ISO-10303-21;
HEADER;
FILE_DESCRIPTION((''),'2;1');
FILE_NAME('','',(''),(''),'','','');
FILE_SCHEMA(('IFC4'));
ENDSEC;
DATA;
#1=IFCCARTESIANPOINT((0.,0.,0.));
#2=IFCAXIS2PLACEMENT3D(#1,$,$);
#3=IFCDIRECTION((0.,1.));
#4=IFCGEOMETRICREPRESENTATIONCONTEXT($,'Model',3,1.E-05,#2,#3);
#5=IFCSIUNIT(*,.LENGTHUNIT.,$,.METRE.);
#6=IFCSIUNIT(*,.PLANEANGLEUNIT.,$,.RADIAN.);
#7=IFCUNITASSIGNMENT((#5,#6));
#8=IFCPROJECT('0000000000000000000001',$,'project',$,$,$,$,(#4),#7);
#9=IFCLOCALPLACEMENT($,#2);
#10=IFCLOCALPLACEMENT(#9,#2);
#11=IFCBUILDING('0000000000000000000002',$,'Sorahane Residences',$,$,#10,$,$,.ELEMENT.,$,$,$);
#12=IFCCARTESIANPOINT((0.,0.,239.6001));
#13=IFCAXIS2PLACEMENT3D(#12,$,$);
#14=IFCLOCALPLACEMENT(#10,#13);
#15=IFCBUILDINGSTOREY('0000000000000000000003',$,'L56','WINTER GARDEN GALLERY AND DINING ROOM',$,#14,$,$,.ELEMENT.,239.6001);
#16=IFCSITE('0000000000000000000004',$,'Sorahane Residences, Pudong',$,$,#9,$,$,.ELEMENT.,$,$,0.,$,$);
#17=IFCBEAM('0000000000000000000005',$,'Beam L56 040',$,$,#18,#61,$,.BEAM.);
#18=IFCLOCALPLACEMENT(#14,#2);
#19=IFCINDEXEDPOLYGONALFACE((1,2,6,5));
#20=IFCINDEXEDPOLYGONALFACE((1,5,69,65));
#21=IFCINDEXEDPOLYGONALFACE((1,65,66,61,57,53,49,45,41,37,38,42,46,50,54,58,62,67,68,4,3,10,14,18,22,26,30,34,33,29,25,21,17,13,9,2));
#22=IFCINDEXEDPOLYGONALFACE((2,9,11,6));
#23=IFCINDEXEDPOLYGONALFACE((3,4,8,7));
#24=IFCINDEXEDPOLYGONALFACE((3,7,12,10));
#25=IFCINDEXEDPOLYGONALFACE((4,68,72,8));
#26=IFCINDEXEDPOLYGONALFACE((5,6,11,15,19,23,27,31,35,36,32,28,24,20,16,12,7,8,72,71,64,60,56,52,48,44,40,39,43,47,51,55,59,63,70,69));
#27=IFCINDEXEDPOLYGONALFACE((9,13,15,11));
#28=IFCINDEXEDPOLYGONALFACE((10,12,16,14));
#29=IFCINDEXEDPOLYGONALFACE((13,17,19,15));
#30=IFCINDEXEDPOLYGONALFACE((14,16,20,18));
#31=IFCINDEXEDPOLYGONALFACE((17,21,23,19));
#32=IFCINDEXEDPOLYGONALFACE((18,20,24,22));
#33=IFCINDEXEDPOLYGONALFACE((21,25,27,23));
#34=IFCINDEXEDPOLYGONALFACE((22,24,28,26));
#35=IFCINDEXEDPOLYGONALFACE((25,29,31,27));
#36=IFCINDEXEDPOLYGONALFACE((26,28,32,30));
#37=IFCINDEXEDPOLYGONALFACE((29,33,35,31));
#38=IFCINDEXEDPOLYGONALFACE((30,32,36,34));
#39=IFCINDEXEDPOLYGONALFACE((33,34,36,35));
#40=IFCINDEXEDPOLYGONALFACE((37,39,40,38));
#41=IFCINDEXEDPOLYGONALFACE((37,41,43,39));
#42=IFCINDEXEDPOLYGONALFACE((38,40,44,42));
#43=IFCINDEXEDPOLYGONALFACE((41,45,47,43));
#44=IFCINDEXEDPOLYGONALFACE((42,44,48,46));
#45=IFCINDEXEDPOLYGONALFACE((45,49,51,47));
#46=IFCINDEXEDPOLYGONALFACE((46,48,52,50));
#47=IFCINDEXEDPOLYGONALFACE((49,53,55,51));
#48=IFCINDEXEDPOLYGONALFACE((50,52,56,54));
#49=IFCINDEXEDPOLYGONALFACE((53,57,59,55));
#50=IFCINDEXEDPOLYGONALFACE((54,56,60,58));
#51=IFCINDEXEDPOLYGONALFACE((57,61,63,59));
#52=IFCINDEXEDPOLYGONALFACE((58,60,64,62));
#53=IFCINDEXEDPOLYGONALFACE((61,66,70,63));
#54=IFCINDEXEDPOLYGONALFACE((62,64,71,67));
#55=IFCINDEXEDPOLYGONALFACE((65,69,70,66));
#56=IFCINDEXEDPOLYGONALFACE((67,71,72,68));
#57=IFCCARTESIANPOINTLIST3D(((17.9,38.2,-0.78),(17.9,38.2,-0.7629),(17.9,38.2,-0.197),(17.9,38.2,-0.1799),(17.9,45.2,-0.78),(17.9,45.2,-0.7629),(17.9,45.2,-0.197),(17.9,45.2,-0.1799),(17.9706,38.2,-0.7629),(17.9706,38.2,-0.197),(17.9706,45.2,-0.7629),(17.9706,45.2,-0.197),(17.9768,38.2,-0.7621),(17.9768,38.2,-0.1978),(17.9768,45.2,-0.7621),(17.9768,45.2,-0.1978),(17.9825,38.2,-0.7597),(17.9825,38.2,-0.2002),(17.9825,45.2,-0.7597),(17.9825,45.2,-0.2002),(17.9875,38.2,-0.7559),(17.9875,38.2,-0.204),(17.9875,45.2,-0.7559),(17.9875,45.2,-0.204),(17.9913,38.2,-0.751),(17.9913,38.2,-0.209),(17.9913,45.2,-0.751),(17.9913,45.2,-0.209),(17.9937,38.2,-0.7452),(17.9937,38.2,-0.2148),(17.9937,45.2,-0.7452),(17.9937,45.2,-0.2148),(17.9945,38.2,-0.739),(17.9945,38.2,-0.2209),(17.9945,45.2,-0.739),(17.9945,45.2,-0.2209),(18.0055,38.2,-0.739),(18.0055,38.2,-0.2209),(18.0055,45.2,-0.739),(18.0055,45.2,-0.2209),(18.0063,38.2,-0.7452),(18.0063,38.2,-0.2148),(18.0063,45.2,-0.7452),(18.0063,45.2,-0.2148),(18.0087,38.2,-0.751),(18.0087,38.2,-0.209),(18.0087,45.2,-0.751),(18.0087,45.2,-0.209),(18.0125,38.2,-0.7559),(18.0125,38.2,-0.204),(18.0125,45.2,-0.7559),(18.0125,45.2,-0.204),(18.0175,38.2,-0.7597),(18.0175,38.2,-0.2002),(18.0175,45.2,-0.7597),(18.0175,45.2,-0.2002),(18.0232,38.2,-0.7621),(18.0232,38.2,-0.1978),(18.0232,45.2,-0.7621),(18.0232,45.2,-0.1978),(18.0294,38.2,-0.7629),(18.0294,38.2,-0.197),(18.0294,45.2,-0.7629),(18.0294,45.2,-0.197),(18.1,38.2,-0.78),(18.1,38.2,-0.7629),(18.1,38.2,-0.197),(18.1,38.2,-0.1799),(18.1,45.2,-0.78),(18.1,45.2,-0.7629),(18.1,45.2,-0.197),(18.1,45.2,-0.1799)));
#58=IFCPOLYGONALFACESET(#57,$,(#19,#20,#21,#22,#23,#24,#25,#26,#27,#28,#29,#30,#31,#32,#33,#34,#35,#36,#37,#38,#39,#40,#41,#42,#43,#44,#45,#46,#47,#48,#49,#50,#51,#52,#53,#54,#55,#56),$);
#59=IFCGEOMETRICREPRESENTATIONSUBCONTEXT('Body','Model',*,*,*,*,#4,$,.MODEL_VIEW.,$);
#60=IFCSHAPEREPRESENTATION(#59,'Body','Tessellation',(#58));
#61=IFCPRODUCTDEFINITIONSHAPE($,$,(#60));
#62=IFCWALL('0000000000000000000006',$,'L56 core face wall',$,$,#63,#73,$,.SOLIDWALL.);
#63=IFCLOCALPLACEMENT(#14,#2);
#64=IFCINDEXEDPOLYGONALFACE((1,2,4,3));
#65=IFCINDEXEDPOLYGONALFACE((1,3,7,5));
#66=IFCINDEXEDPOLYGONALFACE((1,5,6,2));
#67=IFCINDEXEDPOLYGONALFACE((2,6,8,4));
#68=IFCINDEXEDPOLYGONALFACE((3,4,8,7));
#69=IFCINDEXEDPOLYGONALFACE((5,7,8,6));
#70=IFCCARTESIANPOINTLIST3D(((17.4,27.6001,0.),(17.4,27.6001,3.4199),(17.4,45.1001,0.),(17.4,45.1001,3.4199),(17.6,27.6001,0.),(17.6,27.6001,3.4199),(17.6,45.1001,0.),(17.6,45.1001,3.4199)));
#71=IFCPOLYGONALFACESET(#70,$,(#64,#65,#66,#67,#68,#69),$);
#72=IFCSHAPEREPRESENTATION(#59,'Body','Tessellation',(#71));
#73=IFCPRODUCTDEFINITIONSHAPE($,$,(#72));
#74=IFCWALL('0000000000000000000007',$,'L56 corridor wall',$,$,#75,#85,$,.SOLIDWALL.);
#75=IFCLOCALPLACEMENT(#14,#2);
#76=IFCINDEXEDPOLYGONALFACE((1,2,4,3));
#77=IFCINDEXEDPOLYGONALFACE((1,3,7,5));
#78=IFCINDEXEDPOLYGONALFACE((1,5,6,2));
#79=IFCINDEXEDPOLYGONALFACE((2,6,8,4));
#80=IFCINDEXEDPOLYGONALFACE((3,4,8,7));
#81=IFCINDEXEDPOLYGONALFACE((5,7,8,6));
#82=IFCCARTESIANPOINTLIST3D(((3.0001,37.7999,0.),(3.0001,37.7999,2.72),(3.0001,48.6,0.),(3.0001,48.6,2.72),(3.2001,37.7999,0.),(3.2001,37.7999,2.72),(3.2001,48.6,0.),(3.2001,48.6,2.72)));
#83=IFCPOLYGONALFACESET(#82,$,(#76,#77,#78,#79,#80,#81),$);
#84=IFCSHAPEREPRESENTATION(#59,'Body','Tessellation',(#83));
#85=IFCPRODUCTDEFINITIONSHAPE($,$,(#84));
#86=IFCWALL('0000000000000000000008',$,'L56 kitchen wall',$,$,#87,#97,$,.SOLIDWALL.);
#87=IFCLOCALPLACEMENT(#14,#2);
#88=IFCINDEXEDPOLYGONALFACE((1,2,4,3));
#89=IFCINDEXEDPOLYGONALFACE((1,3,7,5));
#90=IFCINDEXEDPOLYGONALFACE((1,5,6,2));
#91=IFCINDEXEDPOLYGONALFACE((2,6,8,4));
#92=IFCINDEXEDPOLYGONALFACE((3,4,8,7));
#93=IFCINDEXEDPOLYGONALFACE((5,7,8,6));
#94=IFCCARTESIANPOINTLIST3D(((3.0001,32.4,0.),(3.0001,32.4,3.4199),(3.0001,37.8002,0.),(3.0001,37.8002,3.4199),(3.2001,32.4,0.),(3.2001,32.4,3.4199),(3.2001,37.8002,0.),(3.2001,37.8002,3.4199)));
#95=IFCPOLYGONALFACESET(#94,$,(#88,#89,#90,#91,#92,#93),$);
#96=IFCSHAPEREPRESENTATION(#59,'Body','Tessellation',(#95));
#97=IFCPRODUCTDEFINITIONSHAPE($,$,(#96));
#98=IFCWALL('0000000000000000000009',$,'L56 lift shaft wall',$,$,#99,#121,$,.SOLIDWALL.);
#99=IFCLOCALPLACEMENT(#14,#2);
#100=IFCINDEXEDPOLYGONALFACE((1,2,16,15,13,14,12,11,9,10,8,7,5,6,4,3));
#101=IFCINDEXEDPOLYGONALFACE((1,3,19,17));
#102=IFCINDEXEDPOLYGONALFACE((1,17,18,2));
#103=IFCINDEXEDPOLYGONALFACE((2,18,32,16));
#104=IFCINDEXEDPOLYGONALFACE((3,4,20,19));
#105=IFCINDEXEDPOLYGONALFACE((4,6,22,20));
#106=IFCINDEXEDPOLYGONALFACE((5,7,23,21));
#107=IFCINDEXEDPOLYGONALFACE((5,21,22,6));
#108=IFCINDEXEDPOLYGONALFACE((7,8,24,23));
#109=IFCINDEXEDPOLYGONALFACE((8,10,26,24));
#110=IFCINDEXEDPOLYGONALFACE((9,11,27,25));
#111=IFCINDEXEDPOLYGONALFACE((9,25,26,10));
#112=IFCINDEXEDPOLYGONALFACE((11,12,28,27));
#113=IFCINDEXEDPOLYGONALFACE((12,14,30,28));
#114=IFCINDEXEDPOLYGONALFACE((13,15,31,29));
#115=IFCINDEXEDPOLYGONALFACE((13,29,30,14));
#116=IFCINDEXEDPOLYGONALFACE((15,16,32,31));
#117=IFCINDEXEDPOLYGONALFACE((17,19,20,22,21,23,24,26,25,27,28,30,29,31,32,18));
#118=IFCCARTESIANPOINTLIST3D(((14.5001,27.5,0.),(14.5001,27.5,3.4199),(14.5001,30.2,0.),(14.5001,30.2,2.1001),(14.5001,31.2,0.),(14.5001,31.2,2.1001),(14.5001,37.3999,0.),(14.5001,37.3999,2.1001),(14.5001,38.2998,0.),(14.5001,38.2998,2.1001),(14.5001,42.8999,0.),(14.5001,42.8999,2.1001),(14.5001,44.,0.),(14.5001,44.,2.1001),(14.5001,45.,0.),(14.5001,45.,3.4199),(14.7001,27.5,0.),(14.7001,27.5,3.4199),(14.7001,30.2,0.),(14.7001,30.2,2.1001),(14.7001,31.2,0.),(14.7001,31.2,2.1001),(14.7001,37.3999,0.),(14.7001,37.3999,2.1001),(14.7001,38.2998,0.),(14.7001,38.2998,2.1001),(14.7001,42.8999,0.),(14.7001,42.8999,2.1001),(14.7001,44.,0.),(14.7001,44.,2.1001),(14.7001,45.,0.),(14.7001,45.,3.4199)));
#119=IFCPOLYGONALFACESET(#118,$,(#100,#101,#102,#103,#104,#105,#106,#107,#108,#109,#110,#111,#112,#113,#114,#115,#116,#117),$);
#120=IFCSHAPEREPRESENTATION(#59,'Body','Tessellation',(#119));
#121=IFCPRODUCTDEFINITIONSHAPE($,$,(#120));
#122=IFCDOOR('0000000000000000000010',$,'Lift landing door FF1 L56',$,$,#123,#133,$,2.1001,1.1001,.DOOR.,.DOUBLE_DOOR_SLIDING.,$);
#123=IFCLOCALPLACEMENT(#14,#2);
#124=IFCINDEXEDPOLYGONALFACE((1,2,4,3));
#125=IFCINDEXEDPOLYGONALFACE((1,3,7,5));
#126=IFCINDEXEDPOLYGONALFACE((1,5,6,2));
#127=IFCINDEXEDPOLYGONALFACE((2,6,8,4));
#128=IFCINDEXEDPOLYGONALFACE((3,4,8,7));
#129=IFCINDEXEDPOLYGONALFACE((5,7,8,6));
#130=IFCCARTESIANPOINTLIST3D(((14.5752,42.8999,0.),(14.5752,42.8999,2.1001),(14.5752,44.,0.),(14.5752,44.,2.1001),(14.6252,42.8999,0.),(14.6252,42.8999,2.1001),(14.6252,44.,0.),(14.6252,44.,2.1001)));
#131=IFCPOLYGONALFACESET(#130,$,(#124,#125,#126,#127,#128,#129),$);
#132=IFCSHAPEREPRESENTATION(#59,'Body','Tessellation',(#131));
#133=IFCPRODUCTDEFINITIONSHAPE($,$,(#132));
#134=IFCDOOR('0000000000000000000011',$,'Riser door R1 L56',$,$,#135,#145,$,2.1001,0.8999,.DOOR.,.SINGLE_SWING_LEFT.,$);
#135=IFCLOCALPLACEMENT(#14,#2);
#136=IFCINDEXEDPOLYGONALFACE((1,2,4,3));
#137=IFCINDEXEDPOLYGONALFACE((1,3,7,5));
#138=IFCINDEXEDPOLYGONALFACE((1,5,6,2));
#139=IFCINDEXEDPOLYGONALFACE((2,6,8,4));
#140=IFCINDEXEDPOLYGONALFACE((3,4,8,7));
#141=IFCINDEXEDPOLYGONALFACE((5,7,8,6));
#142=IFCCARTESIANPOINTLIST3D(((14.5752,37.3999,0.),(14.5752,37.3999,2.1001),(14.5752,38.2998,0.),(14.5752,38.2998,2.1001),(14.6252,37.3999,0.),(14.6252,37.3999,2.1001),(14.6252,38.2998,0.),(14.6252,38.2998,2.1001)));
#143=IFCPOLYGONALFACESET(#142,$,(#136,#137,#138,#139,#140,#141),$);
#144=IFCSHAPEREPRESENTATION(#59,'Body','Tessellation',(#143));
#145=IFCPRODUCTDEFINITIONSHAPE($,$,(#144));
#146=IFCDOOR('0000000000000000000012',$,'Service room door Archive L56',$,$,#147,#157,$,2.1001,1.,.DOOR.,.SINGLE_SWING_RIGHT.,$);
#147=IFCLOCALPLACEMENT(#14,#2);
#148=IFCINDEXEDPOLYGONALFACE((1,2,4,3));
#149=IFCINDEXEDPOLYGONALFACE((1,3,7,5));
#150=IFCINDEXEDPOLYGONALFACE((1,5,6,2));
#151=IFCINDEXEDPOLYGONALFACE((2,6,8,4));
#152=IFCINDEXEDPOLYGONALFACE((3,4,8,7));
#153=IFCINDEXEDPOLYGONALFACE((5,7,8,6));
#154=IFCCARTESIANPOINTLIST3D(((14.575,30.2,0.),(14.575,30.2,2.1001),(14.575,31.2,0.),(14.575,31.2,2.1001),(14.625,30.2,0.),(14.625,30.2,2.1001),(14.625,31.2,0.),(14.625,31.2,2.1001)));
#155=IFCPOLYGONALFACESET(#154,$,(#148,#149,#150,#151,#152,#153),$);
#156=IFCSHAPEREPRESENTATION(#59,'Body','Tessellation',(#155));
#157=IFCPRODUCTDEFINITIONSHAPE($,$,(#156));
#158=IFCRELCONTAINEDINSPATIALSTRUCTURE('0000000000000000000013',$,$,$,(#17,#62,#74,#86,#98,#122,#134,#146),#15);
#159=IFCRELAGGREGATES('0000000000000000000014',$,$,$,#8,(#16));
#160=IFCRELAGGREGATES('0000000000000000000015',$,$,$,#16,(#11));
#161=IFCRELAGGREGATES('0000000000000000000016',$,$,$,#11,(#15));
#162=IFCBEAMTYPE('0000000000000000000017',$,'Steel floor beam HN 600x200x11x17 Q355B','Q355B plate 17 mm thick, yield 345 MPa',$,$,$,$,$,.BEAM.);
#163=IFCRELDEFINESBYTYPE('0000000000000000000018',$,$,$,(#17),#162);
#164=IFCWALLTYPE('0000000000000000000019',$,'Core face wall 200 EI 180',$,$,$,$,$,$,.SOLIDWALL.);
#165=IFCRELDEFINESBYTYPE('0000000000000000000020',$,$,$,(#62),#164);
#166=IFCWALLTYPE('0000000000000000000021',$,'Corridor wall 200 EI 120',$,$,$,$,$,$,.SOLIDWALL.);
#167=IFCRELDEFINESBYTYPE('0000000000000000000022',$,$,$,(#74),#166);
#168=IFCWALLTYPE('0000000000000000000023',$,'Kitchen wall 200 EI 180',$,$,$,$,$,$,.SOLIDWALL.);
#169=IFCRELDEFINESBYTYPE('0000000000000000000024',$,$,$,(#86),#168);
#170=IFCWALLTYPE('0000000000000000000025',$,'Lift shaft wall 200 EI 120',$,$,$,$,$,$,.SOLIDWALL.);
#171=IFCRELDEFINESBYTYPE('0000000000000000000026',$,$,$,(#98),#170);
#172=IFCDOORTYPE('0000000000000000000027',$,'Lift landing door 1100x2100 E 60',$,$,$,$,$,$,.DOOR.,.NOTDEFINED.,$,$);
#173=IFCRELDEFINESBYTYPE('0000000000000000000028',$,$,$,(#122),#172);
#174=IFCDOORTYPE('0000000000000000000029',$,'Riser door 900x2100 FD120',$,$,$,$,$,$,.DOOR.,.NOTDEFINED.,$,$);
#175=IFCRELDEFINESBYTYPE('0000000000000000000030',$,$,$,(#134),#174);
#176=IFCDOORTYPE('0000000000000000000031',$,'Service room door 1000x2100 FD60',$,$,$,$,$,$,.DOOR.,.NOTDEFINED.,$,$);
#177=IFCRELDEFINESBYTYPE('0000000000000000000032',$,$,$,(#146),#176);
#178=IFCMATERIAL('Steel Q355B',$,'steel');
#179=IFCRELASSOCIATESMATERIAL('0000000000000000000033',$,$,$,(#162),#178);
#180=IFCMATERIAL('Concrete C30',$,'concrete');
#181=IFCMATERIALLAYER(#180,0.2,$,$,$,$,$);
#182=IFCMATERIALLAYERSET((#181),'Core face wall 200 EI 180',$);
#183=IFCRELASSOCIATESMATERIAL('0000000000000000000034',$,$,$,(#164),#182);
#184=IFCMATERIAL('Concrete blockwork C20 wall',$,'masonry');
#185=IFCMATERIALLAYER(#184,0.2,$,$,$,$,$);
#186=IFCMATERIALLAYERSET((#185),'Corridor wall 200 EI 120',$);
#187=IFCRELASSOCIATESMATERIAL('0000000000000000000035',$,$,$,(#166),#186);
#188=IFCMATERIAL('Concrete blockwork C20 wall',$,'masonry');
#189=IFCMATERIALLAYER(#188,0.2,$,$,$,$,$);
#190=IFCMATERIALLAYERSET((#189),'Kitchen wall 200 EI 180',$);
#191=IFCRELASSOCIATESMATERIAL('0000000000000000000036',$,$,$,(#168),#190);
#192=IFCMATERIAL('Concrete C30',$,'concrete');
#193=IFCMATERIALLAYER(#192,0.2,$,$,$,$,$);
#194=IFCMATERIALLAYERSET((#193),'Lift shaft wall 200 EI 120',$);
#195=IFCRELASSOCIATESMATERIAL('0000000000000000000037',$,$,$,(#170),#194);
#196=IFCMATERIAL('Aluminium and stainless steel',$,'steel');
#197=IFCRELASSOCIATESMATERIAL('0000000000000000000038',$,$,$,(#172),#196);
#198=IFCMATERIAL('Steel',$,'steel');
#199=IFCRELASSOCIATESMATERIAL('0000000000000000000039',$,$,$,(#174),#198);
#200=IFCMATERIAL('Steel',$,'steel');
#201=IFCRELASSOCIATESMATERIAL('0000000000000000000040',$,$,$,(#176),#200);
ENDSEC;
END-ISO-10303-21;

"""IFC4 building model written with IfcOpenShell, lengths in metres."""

from ifc_helpers import new_model, si_unit, direction, frame, frame_2d, origin, origin_2d, place, context, subcontext, project, spatial, rectangle, i_section, extrude, material, layer, layer_set, material_profile, profile_set, type_object, element, fill, save


model = new_model("IFC4")

# Units and contexts
model_context = context("Model", 3, precision=1e-05, world=origin(), true_north=direction((0.0, 1.0)))
body_context = subcontext(model_context, "Body", "Model", "MODEL_VIEW")
ifc_project = project(units=[si_unit("LENGTHUNIT", "METRE"), si_unit("PLANEANGLEUNIT", "RADIAN")], contexts=[model_context])

# Site, building, storey
site_placement = place(None, origin())
site = spatial("IfcSite", under=ifc_project, at=site_placement, Name="Sorahane Residences, Pudong", CompositionType="ELEMENT", RefElevation=0.0)
building_placement = place(site_placement, origin())
building = spatial("IfcBuilding", under=site, at=building_placement, Name="Sorahane Residences", CompositionType="ELEMENT")
storey_placement = place(building_placement, frame((0.0, 0.0, 239.6001)))
storey = spatial("IfcBuildingStorey", under=building, at=storey_placement, Name="L56", Description="WINTER GARDEN GALLERY AND DINING ROOM", CompositionType="ELEMENT", Elevation=239.6001)

# Beam
ifc_material_1 = material(Name="Steel Q355B", Category="steel")
ifc_material_profile_1 = material_profile(ifc_material_1, i_section(OverallWidth=0.2, OverallDepth=0.6001, WebThickness=0.011, FlangeThickness=0.0171, FilletRadius=0.0239, at=origin_2d()), Name="HN 600x200x11x17")
ifc_profile_set_1 = profile_set([ifc_material_profile_1], Name="Steel Q355B")
beam_type_1 = type_object("IfcBeamType", Name="Steel floor beam HN 600x200x11x17 Q355B", Description="Q355B plate 17 mm thick, yield 345 MPa", PredefinedType="BEAM", material=ifc_profile_set_1)
for number, where, z_axis, x_axis, name in (
    (1, (18.0, 38.2, -0.48), (0.0, 1.0, 0.0), (-1.0, 0.0, 0.0), "Beam L56 040"),
):
    element("IfcBeam", number, at=place(storey_placement, frame(where, z_axis=z_axis, x_axis=x_axis)), inside=storey, type_object=beam_type_1, Name=name, PredefinedType="BEAM", context=body_context, shape_type="SweptSolid", body=[
        extrude(i_section(OverallWidth=0.2, OverallDepth=0.6001, WebThickness=0.011, FlangeThickness=0.0171, FilletRadius=0.0239, at=origin_2d()), origin(), (0.0, 0.0, 1.0), 7.0),
    ])

# Walls
ifc_material_2 = material(Name="Concrete C30", Category="concrete")
ifc_layer_1 = layer(ifc_material_2, 0.2)
ifc_layer_set_1 = layer_set([ifc_layer_1], Name="Core face wall 200 EI 180")
wall_type_1 = type_object("IfcWallType", Name="Core face wall 200 EI 180", PredefinedType="SOLIDWALL", material=ifc_layer_set_1)
wall_1_placement = place(storey_placement, frame((17.5, 27.6001, 0.0), z_axis=(0.0, 0.0, 1.0), x_axis=(0.0, 1.0, 0.0)))
element("IfcWall", 2, at=wall_1_placement, inside=storey, type_object=wall_type_1, Name="L56 core face wall", PredefinedType="SOLIDWALL", context=body_context, shape_type="SweptSolid", body=[
    extrude(rectangle(XDim=17.5, YDim=0.2, at=frame_2d((8.75, 0.0))), origin(), (0.0, 0.0, 1.0), 3.4199),
])
ifc_material_3 = material(Name="Concrete blockwork C20 wall", Category="masonry")
ifc_layer_2 = layer(ifc_material_3, 0.2)
ifc_layer_set_2 = layer_set([ifc_layer_2], Name="Corridor wall 200 EI 120")
wall_type_2 = type_object("IfcWallType", Name="Corridor wall 200 EI 120", PredefinedType="SOLIDWALL", material=ifc_layer_set_2)
wall_2_placement = place(storey_placement, frame((3.1001, 37.8, 0.0), z_axis=(0.0, 0.0, 1.0), x_axis=(0.0, 1.0, 0.0)))
element("IfcWall", 3, at=wall_2_placement, inside=storey, type_object=wall_type_2, Name="L56 corridor wall", PredefinedType="SOLIDWALL", context=body_context, shape_type="SweptSolid", body=[
    extrude(rectangle(XDim=10.8, YDim=0.2, at=frame_2d((5.3999, 0.0))), origin(), (0.0, 0.0, 1.0), 2.72),
])
ifc_material_4 = material(Name="Concrete blockwork C20 wall", Category="masonry")
ifc_layer_3 = layer(ifc_material_4, 0.2)
ifc_layer_set_3 = layer_set([ifc_layer_3], Name="Kitchen wall 200 EI 180")
wall_type_3 = type_object("IfcWallType", Name="Kitchen wall 200 EI 180", PredefinedType="SOLIDWALL", material=ifc_layer_set_3)
wall_3_placement = place(storey_placement, frame((3.1001, 32.3999, 0.0), z_axis=(0.0, 0.0, 1.0), x_axis=(0.0, 1.0, 0.0)))
element("IfcWall", 4, at=wall_3_placement, inside=storey, type_object=wall_type_3, Name="L56 kitchen wall", PredefinedType="SOLIDWALL", context=body_context, shape_type="SweptSolid", body=[
    extrude(rectangle(XDim=5.4001, YDim=0.2, at=frame_2d((2.7002, 0.0))), origin(), (0.0, 0.0, 1.0), 3.4199),
])

# Wall, openings, doors
ifc_material_5 = material(Name="Concrete C30", Category="concrete")
ifc_layer_4 = layer(ifc_material_5, 0.2)
ifc_layer_set_4 = layer_set([ifc_layer_4], Name="Lift shaft wall 200 EI 120")
wall_type_4 = type_object("IfcWallType", Name="Lift shaft wall 200 EI 120", PredefinedType="SOLIDWALL", material=ifc_layer_set_4)
wall_4_placement = place(storey_placement, frame((14.6001, 27.5, 0.0), z_axis=(0.0, 0.0, 1.0), x_axis=(0.0, 1.0, 0.0)))
wall_4 = element("IfcWall", 5, at=wall_4_placement, inside=storey, type_object=wall_type_4, Name="L56 lift shaft wall", PredefinedType="SOLIDWALL", context=body_context, shape_type="SweptSolid", body=[
    extrude(rectangle(XDim=17.5, YDim=0.2, at=frame_2d((8.75, 0.0))), origin(), (0.0, 0.0, 1.0), 3.4199),
])
opening_1_placement = place(wall_4_placement, frame((15.3999, 0.0, 0.0)))
opening_1 = element("IfcOpeningElement", 6, at=opening_1_placement, cuts=wall_4, PredefinedType="OPENING", context=body_context, shape_type="SweptSolid", body=[
    extrude(rectangle(XDim=1.1001, YDim=2.1001, at=frame_2d((0.55, 1.05))), frame((0.0, 0.1099, 0.0), z_axis=(0.0, -1.0, 0.0), x_axis=(1.0, 0.0, 0.0)), (0.0, 0.0, 1.0), 0.22),
])
opening_2_placement = place(wall_4_placement, frame((2.7, 0.0, 0.0)))
opening_2 = element("IfcOpeningElement", 7, at=opening_2_placement, cuts=wall_4, PredefinedType="OPENING", context=body_context, shape_type="SweptSolid", body=[
    extrude(rectangle(XDim=1.0, YDim=2.1001, at=frame_2d((0.5, 1.05))), frame((0.0, 0.1099, 0.0), z_axis=(0.0, -1.0, 0.0), x_axis=(1.0, 0.0, 0.0)), (0.0, 0.0, 1.0), 0.22),
])
opening_3_placement = place(wall_4_placement, frame((9.8999, 0.0, 0.0)))
opening_3 = element("IfcOpeningElement", 8, at=opening_3_placement, cuts=wall_4, PredefinedType="OPENING", context=body_context, shape_type="SweptSolid", body=[
    extrude(rectangle(XDim=0.8999, YDim=2.1001, at=frame_2d((0.45, 1.05))), frame((0.0, 0.1099, 0.0), z_axis=(0.0, -1.0, 0.0), x_axis=(1.0, 0.0, 0.0)), (0.0, 0.0, 1.0), 0.22),
])
ifc_material_6 = material(Name="Aluminium and stainless steel", Category="steel")
door_type_1 = type_object("IfcDoorType", Name="Lift landing door 1100x2100 E 60", OperationType="NOTDEFINED", PredefinedType="DOOR", material=ifc_material_6)
door_1_placement = place(opening_1_placement, origin())
door_1 = element("IfcDoor", 9, at=door_1_placement, inside=storey, type_object=door_type_1, Name="Lift landing door FF1 L56", OperationType="DOUBLE_DOOR_SLIDING", OverallHeight=2.1001, OverallWidth=1.1001, PredefinedType="DOOR", context=body_context, shape_type="SweptSolid", body=[
    extrude(rectangle(XDim=1.1001, YDim=2.1001, at=frame_2d((0.55, 1.05))), frame((0.0, 0.0249, 0.0), z_axis=(0.0, -1.0, 0.0), x_axis=(1.0, 0.0, 0.0)), (0.0, 0.0, 1.0), 0.05),
])
fill(opening_1, door_1)
ifc_material_7 = material(Name="Steel", Category="steel")
door_type_2 = type_object("IfcDoorType", Name="Riser door 900x2100 FD120", OperationType="NOTDEFINED", PredefinedType="DOOR", material=ifc_material_7)
door_2_placement = place(opening_3_placement, origin())
door_2 = element("IfcDoor", 10, at=door_2_placement, inside=storey, type_object=door_type_2, Name="Riser door R1 L56", OperationType="SINGLE_SWING_LEFT", OverallHeight=2.1001, OverallWidth=0.8999, PredefinedType="DOOR", context=body_context, shape_type="SweptSolid", body=[
    extrude(rectangle(XDim=0.8999, YDim=2.1001, at=frame_2d((0.45, 1.05))), frame((0.0, 0.0249, 0.0), z_axis=(0.0, -1.0, 0.0), x_axis=(1.0, 0.0, 0.0)), (0.0, 0.0, 1.0), 0.05),
])
fill(opening_3, door_2)
ifc_material_8 = material(Name="Steel", Category="steel")
door_type_3 = type_object("IfcDoorType", Name="Service room door 1000x2100 FD60", OperationType="NOTDEFINED", PredefinedType="DOOR", material=ifc_material_8)
door_3_placement = place(opening_2_placement, frame((1.0, 0.0, 0.0), z_axis=(0.0, 0.0, 1.0), x_axis=(-1.0, 0.0, 0.0)))
door_3 = element("IfcDoor", 11, at=door_3_placement, inside=storey, type_object=door_type_3, Name="Service room door Archive L56", OperationType="SINGLE_SWING_RIGHT", OverallHeight=2.1001, OverallWidth=1.0, PredefinedType="DOOR", context=body_context, shape_type="SweptSolid", body=[
    extrude(rectangle(XDim=1.0, YDim=2.1001, at=frame_2d((0.5, 1.05))), frame((0.0, 0.0249, 0.0), z_axis=(0.0, -1.0, 0.0), x_axis=(1.0, 0.0, 0.0)), (0.0, 0.0, 1.0), 0.05),
])
fill(opening_2, door_3)

save(model, "model.ifc")
